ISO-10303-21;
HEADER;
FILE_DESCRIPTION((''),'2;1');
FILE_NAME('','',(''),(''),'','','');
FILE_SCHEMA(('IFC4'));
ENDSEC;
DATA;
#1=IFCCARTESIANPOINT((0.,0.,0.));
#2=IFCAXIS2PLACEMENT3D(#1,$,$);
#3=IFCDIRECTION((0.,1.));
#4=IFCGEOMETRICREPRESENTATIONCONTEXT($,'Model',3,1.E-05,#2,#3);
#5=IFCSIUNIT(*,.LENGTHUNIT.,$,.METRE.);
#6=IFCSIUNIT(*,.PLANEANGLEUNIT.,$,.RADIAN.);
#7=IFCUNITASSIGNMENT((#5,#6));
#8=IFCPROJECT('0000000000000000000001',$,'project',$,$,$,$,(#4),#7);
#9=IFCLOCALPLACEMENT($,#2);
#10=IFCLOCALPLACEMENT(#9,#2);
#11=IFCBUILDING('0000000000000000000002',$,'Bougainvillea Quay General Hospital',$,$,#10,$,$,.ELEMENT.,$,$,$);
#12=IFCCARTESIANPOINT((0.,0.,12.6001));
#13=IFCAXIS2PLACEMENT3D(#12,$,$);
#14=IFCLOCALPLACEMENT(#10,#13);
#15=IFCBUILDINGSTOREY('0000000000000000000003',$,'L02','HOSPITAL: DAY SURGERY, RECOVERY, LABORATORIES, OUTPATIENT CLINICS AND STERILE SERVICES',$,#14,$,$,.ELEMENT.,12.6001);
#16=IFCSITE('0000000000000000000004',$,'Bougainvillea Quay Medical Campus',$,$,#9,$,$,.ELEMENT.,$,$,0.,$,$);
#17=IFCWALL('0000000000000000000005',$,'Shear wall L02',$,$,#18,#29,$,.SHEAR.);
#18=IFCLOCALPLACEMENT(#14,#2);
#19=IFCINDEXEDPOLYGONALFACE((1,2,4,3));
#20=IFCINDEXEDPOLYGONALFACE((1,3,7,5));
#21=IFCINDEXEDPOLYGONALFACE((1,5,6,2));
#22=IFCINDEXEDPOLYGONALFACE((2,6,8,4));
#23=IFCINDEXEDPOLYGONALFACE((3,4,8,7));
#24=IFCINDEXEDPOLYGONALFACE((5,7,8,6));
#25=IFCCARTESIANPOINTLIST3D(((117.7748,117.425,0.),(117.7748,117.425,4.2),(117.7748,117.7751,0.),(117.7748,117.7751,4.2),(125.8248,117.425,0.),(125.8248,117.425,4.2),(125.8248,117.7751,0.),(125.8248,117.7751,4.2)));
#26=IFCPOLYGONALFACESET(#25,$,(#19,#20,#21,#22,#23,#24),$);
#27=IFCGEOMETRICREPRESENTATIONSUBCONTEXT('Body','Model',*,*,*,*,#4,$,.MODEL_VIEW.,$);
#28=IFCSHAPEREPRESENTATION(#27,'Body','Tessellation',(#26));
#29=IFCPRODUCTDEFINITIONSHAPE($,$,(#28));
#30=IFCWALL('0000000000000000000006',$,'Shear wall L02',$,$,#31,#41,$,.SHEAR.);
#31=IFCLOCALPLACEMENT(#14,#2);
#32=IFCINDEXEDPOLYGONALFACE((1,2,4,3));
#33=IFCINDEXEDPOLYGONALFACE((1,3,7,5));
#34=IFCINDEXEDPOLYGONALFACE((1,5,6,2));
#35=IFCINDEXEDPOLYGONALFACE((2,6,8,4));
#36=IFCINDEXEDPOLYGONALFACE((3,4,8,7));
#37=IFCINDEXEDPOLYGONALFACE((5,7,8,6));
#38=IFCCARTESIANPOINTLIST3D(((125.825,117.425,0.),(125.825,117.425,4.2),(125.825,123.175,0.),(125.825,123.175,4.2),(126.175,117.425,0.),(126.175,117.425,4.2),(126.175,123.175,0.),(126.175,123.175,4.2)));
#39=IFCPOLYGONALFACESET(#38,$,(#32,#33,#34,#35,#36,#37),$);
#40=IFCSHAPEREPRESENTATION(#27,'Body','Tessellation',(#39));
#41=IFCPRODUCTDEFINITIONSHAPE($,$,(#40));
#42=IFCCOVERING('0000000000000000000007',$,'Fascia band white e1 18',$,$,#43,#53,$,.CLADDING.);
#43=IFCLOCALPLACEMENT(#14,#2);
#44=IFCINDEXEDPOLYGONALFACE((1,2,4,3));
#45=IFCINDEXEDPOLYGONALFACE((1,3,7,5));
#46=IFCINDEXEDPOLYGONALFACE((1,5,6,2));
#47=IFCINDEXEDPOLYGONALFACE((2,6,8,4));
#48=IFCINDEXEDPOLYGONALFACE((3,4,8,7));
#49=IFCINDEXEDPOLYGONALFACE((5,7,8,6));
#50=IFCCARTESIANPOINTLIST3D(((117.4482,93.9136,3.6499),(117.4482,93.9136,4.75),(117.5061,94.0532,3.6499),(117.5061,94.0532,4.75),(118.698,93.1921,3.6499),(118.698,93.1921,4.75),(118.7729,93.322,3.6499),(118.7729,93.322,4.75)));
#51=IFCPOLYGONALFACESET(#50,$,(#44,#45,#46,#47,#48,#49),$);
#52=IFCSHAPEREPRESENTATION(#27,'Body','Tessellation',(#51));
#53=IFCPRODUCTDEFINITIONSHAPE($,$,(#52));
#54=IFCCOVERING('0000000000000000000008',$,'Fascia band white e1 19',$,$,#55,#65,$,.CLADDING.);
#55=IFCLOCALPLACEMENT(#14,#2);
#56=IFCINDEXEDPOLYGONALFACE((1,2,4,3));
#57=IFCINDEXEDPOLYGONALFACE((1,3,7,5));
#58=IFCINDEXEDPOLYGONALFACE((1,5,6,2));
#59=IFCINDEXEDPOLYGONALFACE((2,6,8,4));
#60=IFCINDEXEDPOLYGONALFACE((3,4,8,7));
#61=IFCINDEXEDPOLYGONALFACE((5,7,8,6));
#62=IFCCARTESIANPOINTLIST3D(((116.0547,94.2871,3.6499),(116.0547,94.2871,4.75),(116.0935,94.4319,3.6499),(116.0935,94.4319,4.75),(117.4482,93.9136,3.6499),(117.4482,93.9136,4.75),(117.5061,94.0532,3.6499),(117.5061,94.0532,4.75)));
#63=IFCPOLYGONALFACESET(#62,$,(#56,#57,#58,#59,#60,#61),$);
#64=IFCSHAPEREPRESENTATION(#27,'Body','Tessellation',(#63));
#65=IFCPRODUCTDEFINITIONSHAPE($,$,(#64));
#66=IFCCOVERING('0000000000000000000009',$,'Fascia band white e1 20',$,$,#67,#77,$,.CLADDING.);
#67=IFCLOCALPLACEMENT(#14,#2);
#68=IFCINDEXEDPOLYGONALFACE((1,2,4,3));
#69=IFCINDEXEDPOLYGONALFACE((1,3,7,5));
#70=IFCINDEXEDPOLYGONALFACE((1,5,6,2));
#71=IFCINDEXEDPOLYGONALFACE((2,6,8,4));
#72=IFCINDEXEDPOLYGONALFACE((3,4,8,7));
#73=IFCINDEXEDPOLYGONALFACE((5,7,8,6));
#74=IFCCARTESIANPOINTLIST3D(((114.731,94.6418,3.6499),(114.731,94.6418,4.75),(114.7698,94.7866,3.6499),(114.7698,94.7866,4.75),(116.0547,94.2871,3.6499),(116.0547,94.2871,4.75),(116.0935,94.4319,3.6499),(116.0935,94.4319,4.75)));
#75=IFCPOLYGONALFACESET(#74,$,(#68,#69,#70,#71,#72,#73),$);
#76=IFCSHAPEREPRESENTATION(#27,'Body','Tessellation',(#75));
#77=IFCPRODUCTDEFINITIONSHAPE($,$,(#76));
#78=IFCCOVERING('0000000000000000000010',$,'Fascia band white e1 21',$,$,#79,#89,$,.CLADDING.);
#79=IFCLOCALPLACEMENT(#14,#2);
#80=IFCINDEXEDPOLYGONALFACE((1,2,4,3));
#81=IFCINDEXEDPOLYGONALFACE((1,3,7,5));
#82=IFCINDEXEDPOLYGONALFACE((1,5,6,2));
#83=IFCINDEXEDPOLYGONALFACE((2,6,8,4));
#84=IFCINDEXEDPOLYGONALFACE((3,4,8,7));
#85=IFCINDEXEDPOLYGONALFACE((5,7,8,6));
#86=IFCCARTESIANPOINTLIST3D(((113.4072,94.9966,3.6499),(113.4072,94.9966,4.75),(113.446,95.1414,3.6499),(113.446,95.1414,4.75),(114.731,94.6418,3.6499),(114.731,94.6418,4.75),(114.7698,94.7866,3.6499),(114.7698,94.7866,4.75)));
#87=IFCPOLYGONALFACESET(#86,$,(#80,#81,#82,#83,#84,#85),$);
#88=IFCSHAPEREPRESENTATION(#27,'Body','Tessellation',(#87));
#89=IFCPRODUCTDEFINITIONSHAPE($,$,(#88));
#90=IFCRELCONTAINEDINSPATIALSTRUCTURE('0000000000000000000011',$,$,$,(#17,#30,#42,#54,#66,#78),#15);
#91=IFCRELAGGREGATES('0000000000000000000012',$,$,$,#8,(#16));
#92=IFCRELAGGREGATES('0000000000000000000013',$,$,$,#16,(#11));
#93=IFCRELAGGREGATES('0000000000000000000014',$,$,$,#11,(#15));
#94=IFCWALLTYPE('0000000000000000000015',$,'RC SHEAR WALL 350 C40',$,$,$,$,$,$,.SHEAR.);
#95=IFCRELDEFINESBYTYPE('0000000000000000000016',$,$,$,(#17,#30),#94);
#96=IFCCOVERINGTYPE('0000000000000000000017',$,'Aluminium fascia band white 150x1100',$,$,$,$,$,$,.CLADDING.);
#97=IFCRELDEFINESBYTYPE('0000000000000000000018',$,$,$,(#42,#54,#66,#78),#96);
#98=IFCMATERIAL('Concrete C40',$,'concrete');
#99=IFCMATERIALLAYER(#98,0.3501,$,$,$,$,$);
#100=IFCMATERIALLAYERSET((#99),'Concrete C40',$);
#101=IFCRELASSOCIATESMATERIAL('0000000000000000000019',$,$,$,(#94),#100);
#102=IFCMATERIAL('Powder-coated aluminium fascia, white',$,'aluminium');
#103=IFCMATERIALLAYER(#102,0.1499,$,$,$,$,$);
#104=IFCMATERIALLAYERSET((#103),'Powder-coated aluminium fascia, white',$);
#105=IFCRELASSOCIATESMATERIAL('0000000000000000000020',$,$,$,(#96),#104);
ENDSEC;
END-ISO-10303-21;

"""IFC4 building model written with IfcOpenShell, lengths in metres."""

from ifc_helpers import new_model, si_unit, direction, frame, frame_2d, origin, place, context, subcontext, project, spatial, polyline, rectangle, outline, extrude, material, layer, layer_set, type_object, element, save


model = new_model("IFC4")

# Units and contexts
model_context = context("Model", 3, precision=1e-05, world=origin(), true_north=direction((0.0, 1.0)))
body_context = subcontext(model_context, "Body", "Model", "MODEL_VIEW")
ifc_project = project(units=[si_unit("LENGTHUNIT", "METRE"), si_unit("PLANEANGLEUNIT", "RADIAN")], contexts=[model_context])

# Site, building, storey
site_placement = place(None, origin())
site = spatial("IfcSite", under=ifc_project, at=site_placement, Name="Bougainvillea Quay Medical Campus", CompositionType="ELEMENT", RefElevation=0.0)
building_placement = place(site_placement, origin())
building = spatial("IfcBuilding", under=site, at=building_placement, Name="Bougainvillea Quay General Hospital", CompositionType="ELEMENT")
storey_placement = place(building_placement, frame((0.0, 0.0, 12.6001)))
storey = spatial("IfcBuildingStorey", under=building, at=storey_placement, Name="L02", Description="HOSPITAL: DAY SURGERY, RECOVERY, LABORATORIES, OUTPATIENT CLINICS AND STERILE SERVICES", CompositionType="ELEMENT", Elevation=12.6001)

# Shared definitions
ifc_material_1 = material(Name="Concrete C40", Category="concrete")

# Walls
ifc_layer_1 = layer(ifc_material_1, 0.3501)
ifc_layer_set_1 = layer_set([ifc_layer_1], Name="Concrete C40")
wall_type_1 = type_object("IfcWallType", Name="RC SHEAR WALL 350 C40", PredefinedType="SHEAR", material=ifc_layer_set_1)
wall_1_placement = place(storey_placement, frame((117.7749, 117.6001, 0.0), z_axis=(0.0, 0.0, 1.0), x_axis=(1.0, 0.0, 0.0)))
element("IfcWall", 1, at=wall_1_placement, inside=storey, type_object=wall_type_1, Name="Shear wall L02", PredefinedType="SHEAR", context=body_context, shape_type="SweptSolid", body=[
    extrude(rectangle(XDim=8.05, YDim=0.3501, at=frame_2d((4.0249, 0.0))), origin(), (0.0, 0.0, 1.0), 4.2),
])
wall_2_placement = place(storey_placement, frame((126.0, 117.425, 0.0), z_axis=(0.0, 0.0, 1.0), x_axis=(0.0, 1.0, 0.0)))
element("IfcWall", 2, at=wall_2_placement, inside=storey, type_object=wall_type_1, Name="Shear wall L02", PredefinedType="SHEAR", context=body_context, shape_type="SweptSolid", body=[
    extrude(rectangle(XDim=5.75, YDim=0.3501, at=frame_2d((2.875, 0.0))), origin(), (0.0, 0.0, 1.0), 4.2),
])

# Coverings
ifc_material_2 = material(Name="Powder-coated aluminium fascia, white", Category="aluminium")
ifc_layer_2 = layer(ifc_material_2, 0.1499)
ifc_layer_set_2 = layer_set([ifc_layer_2], Name="Powder-coated aluminium fascia, white")
covering_type = type_object("IfcCoveringType", Name="Aluminium fascia band white 150x1100", PredefinedType="CLADDING", material=ifc_layer_set_2)
covering_1_placement = place(storey_placement, frame((118.698, 93.1921, 3.6499), z_axis=(0.0, 0.0, 1.0), x_axis=(-0.866059, 0.499942, 0.0)))
element("IfcCovering", 3, at=covering_1_placement, inside=storey, type_object=covering_type, Name="Fascia band white e1 18", PredefinedType="CLADDING", context=body_context, shape_type="SweptSolid", body=[
    extrude(outline(polyline([(0.0, 0.0), (1.443, 0.0), (1.4627, -0.1499), (0.0, -0.15), (0.0, 0.0)])), origin(), (0.0, 0.0, 1.0), 1.1001),
])
covering_2_placement = place(storey_placement, frame((117.4482, 93.9136, 3.6499), z_axis=(0.0, 0.0, 1.0), x_axis=(-0.965903, 0.258905, 0.0)))
element("IfcCovering", 4, at=covering_2_placement, inside=storey, type_object=covering_type, Name="Fascia band white e1 19", PredefinedType="CLADDING", context=body_context, shape_type="SweptSolid", body=[
    extrude(outline(polyline([(0.0, 0.0), (1.4427, 0.0), (1.4427, -0.1499), (-0.0197, -0.1499), (0.0, 0.0)])), origin(), (0.0, 0.0, 1.0), 1.1001),
])
for number, where, z_axis, x_axis, name in (
    (5, (116.0547, 94.2871, 3.6499), (0.0, 0.0, 1.0), (-0.965918, 0.258849, 0.0), "Fascia band white e1 20"),
    (6, (114.731, 94.6418, 3.6499), (0.0, 0.0, 1.0), (-0.965918, 0.258849, 0.0), "Fascia band white e1 21"),
):
    element("IfcCovering", number, at=place(storey_placement, frame(where, z_axis=z_axis, x_axis=x_axis)), inside=storey, type_object=covering_type, Name=name, PredefinedType="CLADDING", context=body_context, shape_type="SweptSolid", body=[
        extrude(outline(polyline([(0.0, 0.0), (1.3704, 0.0), (1.3704, -0.1499), (0.0, -0.1499), (0.0, 0.0)])), origin(), (0.0, 0.0, 1.0), 1.1001),
    ])

save(model, "model.ifc")
